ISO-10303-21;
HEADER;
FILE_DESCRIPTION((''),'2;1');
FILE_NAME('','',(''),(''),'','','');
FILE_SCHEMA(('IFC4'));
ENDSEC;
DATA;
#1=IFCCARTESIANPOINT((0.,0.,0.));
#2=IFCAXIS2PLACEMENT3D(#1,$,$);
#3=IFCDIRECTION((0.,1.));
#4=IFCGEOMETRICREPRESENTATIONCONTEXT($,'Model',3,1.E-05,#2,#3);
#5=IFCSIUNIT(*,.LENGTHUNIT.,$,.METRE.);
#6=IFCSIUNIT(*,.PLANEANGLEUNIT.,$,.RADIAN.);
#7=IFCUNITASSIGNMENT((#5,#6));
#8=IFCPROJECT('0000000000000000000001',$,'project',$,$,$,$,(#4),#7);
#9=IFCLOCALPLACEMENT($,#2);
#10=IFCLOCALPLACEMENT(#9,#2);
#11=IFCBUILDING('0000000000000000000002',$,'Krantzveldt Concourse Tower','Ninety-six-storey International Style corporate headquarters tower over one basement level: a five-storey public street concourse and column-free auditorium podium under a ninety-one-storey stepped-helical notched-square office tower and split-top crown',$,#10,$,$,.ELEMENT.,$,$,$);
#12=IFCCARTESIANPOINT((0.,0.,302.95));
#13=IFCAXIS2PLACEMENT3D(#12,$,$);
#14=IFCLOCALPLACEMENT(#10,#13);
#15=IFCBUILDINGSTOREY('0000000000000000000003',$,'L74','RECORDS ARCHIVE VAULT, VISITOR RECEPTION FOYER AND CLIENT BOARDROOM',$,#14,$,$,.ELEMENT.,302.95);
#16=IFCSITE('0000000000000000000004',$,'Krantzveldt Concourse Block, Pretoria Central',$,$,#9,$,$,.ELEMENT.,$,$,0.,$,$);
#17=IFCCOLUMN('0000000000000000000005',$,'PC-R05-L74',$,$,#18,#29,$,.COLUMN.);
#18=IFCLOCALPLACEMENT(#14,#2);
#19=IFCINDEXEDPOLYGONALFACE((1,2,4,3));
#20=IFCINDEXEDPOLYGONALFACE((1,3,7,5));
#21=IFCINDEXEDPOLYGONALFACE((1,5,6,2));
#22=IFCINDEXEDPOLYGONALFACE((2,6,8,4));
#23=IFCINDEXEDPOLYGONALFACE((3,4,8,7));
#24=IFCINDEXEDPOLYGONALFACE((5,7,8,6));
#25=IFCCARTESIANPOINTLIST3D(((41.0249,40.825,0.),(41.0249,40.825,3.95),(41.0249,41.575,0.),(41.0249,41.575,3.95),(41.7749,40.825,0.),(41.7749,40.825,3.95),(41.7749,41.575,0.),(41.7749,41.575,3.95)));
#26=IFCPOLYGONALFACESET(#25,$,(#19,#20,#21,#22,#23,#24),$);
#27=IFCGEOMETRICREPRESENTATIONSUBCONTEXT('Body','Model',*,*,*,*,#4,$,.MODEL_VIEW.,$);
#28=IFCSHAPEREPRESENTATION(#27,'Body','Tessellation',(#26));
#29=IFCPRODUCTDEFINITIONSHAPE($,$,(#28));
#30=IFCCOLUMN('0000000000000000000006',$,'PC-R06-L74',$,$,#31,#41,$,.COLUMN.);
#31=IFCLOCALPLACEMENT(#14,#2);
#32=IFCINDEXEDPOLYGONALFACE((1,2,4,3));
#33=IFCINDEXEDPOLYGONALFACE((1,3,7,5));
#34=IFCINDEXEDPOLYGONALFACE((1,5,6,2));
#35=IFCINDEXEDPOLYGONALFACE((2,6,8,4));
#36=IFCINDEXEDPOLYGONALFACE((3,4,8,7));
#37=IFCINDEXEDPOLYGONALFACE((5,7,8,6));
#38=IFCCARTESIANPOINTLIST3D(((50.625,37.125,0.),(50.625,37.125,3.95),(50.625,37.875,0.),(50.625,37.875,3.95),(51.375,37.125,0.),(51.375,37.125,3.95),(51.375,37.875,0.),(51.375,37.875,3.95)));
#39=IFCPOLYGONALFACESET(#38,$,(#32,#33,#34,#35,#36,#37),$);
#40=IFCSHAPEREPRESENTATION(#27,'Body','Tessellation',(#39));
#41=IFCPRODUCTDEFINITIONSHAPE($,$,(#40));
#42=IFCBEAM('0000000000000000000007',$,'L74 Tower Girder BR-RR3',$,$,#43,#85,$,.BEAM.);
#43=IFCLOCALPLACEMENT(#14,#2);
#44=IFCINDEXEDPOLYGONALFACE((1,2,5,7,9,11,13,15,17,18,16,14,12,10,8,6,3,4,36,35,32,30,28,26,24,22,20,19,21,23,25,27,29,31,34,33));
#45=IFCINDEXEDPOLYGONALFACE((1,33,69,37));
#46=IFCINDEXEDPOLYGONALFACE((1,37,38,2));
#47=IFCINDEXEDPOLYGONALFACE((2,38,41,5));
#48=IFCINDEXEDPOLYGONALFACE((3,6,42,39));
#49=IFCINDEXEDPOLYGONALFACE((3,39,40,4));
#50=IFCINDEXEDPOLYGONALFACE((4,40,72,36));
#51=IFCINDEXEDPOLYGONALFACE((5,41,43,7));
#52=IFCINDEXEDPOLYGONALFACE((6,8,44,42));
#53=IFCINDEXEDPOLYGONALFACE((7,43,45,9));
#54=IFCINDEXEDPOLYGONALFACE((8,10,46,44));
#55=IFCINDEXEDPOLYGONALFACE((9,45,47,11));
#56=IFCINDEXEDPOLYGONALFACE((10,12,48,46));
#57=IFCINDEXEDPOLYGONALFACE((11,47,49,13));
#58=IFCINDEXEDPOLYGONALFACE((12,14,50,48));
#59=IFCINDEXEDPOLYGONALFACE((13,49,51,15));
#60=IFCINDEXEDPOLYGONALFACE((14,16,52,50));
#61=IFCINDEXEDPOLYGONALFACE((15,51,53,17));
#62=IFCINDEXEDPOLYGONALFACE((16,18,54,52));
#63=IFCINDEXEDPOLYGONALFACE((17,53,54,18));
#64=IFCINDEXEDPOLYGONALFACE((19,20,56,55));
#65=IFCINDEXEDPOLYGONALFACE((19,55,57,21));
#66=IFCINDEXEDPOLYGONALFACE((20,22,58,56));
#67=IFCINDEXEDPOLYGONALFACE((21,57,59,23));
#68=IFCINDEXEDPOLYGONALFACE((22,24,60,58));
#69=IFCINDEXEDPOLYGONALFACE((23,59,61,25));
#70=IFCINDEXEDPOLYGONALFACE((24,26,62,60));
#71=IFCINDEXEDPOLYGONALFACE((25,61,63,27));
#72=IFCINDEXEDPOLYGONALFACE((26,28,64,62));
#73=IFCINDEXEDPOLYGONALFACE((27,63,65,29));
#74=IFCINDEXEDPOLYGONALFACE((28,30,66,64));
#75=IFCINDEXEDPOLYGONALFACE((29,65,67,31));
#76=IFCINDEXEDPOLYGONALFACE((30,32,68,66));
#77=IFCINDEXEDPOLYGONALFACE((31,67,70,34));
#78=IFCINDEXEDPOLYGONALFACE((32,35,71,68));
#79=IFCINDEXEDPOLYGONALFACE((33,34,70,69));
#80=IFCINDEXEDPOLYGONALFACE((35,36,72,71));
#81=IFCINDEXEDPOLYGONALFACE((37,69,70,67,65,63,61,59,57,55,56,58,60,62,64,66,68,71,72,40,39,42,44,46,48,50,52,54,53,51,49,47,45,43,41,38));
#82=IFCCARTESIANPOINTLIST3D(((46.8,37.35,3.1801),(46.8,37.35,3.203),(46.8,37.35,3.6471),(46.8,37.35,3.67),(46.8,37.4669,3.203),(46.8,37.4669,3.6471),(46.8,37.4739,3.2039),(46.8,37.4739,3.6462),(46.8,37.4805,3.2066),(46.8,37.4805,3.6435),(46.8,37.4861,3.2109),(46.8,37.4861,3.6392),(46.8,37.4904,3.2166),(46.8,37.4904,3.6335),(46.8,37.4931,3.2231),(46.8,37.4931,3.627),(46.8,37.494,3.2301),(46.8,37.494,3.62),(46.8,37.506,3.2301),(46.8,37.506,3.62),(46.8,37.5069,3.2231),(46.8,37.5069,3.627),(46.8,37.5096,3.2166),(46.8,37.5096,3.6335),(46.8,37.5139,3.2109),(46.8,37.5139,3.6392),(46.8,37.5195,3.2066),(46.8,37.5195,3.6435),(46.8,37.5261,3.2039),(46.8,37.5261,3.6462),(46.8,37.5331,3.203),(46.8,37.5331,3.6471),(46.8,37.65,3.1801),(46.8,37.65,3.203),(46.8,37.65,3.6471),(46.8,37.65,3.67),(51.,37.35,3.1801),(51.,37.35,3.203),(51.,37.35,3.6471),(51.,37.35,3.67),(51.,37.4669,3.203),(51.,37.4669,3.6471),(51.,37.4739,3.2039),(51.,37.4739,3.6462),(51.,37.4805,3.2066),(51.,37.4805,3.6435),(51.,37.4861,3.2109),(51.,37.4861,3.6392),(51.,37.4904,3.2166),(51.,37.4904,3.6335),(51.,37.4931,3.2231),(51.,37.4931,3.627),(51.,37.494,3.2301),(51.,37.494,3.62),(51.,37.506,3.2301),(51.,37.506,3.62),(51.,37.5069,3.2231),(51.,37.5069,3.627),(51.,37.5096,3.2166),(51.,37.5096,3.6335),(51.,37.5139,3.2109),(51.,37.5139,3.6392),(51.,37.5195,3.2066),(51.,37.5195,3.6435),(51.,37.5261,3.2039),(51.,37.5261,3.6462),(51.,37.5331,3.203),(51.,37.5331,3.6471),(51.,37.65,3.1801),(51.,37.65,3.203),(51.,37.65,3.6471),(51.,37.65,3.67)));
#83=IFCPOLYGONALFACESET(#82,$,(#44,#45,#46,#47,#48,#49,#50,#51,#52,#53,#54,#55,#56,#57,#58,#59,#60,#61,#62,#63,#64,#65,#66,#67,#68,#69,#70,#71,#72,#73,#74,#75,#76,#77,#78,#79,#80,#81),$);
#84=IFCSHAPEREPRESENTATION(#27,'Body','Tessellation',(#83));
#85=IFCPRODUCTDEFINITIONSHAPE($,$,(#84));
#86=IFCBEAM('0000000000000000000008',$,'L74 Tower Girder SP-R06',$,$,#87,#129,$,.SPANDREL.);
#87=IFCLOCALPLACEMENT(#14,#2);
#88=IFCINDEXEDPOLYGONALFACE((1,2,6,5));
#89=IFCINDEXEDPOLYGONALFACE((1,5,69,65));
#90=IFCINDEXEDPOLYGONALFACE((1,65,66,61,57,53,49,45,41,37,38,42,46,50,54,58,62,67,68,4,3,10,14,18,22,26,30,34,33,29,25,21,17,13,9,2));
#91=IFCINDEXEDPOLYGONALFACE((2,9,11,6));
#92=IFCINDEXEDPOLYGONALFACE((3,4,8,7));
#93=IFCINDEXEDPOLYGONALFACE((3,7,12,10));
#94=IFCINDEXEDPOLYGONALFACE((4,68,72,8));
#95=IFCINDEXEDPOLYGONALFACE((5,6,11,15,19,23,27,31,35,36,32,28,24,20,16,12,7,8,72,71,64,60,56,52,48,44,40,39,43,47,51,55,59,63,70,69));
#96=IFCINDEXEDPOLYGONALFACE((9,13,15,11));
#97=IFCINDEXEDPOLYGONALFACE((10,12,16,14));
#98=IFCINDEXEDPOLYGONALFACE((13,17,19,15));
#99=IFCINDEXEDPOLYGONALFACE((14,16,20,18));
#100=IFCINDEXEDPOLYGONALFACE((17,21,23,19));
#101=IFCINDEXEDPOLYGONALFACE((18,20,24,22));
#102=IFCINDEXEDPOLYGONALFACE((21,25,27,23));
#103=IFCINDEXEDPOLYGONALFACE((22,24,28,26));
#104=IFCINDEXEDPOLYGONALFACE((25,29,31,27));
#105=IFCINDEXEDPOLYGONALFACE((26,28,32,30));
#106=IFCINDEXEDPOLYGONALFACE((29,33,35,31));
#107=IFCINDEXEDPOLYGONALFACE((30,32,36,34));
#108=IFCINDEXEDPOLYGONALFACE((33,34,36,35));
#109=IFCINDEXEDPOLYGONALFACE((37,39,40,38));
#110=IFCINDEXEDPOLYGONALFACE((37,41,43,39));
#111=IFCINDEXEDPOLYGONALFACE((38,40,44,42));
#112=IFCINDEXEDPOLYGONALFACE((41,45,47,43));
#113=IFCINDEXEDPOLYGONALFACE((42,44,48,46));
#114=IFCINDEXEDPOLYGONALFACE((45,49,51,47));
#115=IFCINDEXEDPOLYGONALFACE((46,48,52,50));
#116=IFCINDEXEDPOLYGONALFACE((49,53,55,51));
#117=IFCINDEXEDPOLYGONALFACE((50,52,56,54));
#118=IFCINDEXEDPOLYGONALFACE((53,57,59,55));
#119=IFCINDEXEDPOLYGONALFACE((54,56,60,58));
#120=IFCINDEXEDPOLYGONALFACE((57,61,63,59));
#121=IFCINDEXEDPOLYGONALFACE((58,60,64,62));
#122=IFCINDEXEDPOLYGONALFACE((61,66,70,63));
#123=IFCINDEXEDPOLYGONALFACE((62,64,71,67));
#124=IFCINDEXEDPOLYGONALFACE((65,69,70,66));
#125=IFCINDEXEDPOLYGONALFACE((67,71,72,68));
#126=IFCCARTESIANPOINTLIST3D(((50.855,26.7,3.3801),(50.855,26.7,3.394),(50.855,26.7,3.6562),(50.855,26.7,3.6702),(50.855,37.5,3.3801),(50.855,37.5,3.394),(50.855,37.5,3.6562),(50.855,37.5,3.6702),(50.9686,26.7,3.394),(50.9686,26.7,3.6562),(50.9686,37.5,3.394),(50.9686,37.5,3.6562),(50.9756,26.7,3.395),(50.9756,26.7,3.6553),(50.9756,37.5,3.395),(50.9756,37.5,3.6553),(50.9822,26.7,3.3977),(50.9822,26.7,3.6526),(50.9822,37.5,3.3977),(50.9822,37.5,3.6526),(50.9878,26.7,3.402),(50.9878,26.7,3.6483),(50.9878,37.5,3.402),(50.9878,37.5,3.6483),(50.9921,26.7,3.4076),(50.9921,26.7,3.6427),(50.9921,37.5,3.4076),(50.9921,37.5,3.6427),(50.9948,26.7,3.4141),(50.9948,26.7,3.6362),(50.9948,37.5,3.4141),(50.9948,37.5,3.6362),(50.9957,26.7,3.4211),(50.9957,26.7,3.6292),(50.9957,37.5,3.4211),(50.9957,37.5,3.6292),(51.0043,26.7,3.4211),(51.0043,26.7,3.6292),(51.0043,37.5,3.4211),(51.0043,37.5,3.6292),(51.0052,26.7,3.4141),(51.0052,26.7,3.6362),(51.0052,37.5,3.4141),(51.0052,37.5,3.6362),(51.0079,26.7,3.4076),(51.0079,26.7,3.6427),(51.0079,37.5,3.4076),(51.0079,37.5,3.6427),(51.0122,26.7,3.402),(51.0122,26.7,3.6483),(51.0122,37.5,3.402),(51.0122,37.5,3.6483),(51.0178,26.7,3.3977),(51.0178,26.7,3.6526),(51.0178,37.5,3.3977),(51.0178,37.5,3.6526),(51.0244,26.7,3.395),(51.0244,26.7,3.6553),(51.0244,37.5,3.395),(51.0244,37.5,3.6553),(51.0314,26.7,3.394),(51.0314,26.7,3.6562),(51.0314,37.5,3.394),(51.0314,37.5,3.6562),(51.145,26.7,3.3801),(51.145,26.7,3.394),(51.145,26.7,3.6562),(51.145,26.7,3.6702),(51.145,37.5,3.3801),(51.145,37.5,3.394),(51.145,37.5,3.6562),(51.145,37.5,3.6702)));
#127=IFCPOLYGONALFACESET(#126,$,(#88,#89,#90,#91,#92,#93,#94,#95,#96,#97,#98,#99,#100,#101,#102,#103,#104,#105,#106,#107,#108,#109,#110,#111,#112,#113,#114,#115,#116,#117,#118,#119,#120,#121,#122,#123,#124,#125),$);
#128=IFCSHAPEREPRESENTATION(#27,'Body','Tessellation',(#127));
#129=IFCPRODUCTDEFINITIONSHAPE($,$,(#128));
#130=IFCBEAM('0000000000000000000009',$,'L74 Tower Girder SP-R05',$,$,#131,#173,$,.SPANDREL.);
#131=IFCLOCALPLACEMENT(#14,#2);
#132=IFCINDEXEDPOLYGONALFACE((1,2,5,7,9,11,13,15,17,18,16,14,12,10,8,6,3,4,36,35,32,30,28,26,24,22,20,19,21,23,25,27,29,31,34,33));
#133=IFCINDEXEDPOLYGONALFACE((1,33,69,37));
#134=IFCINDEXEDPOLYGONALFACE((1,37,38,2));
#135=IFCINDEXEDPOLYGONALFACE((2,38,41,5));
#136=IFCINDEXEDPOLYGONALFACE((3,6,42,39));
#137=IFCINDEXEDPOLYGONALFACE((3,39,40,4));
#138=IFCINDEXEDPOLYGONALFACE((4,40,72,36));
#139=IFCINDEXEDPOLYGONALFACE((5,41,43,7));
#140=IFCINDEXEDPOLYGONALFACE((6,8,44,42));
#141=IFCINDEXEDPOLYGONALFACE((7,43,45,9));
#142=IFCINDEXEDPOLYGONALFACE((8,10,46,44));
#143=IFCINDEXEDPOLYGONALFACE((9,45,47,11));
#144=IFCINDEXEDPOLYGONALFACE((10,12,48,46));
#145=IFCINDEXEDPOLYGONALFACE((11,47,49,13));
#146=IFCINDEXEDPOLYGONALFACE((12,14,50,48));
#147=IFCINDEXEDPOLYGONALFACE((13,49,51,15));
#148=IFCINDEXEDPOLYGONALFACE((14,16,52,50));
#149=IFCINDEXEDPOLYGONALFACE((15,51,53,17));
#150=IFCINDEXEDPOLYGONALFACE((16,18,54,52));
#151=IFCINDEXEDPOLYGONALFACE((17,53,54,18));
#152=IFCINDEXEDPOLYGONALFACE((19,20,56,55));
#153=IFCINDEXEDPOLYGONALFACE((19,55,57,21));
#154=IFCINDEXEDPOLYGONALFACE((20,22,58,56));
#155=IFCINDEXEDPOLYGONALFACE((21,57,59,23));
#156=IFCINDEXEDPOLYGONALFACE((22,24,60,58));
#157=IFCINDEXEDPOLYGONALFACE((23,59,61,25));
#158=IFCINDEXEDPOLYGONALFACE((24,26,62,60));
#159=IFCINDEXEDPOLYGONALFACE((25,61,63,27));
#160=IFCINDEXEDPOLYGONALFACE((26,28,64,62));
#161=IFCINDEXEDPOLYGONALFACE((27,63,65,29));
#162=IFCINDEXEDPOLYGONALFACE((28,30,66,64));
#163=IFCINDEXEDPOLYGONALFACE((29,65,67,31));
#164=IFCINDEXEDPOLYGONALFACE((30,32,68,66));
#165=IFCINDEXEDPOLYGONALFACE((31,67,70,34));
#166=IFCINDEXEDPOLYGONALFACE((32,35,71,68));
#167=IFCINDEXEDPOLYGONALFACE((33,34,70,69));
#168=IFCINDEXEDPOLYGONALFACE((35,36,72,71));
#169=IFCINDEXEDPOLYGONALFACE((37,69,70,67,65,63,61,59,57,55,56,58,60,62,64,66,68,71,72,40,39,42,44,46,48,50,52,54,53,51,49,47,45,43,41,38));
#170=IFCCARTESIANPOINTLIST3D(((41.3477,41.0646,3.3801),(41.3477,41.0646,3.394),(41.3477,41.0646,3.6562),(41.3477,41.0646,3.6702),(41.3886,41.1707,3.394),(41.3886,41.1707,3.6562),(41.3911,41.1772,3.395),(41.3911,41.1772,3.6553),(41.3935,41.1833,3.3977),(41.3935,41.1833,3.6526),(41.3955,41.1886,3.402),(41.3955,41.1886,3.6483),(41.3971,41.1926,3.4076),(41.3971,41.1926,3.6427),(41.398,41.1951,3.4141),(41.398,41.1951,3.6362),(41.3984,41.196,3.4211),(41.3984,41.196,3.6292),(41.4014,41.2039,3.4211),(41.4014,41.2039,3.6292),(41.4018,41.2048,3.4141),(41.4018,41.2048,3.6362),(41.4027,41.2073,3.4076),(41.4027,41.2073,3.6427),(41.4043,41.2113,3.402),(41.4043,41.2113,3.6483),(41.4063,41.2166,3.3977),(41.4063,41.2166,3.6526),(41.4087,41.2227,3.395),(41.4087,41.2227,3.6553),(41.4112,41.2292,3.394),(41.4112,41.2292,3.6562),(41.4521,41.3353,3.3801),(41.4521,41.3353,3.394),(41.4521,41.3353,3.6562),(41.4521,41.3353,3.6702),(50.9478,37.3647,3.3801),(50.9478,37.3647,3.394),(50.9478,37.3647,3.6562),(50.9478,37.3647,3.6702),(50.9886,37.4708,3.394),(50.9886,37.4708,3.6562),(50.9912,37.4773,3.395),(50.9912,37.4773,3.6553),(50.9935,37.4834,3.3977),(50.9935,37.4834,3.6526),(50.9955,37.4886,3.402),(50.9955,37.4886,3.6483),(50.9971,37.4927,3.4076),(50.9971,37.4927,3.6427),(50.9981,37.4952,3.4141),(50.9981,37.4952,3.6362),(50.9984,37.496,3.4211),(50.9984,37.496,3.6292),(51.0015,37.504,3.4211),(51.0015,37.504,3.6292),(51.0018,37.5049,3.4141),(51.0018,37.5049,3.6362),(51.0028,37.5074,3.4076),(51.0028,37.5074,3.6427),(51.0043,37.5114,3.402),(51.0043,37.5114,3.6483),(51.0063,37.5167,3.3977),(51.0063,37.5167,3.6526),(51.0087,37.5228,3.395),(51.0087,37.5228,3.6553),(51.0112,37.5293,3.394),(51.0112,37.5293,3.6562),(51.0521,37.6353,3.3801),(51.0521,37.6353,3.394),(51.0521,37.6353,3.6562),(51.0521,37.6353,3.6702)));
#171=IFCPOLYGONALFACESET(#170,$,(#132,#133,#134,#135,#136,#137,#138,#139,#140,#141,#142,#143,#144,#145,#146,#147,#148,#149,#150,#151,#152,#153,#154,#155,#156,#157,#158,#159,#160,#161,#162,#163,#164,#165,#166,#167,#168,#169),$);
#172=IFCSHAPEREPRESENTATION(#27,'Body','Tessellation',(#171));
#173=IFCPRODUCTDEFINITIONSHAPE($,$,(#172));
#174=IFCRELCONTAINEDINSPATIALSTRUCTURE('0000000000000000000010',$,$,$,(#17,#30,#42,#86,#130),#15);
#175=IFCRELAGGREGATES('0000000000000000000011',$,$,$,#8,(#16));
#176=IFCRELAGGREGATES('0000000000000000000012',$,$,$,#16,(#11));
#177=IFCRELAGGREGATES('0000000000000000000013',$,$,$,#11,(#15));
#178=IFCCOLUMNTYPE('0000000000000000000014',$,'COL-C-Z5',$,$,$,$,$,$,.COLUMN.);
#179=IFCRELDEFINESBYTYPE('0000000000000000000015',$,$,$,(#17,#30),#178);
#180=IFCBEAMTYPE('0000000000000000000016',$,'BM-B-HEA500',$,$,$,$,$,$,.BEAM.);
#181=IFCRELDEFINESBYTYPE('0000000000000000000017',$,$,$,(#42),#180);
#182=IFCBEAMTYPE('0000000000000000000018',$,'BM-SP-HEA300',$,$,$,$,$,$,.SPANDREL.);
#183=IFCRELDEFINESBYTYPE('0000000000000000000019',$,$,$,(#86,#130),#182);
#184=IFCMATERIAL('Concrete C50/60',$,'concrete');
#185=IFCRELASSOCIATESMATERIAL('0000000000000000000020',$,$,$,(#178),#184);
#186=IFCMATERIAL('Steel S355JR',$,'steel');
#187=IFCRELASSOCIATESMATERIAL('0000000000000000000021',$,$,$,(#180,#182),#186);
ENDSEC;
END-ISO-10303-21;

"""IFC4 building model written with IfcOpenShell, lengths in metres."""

from ifc_helpers import new_model, si_unit, direction, frame, origin, origin_2d, place, context, subcontext, project, spatial, rectangle, i_section, extrude, source, transform, mapped, material, material_profile, profile_set, type_object, type_shapes, element, save


model = new_model("IFC4")

# Units and contexts
model_context = context("Model", 3, precision=1e-05, world=origin(), true_north=direction((0.0, 1.0)))
body_context = subcontext(model_context, "Body", "Model", "MODEL_VIEW")
ifc_project = project(units=[si_unit("LENGTHUNIT", "METRE"), si_unit("PLANEANGLEUNIT", "RADIAN")], contexts=[model_context])

# Site, building, storey
site_placement = place(None, origin())
site = spatial("IfcSite", under=ifc_project, at=site_placement, Name="Krantzveldt Concourse Block, Pretoria Central", CompositionType="ELEMENT", RefElevation=0.0)
building_placement = place(site_placement, origin())
building = spatial("IfcBuilding", under=site, at=building_placement, Name="Krantzveldt Concourse Tower", Description="Ninety-six-storey International Style corporate headquarters tower over one basement level: a five-storey public street concourse and column-free auditorium podium under a ninety-one-storey stepped-helical notched-square office tower and split-top crown", CompositionType="ELEMENT")
storey_placement = place(building_placement, frame((0.0, 0.0, 302.95)))
storey = spatial("IfcBuildingStorey", under=building, at=storey_placement, Name="L74", Description="RECORDS ARCHIVE VAULT, VISITOR RECEPTION FOYER AND CLIENT BOARDROOM", CompositionType="ELEMENT", Elevation=302.95)

# Columns
ifc_material_1 = material(Name="Concrete C50/60", Category="concrete")
ifc_material_profile_1 = material_profile(ifc_material_1, rectangle(XDim=0.75, YDim=0.75, at=origin_2d()), Name="Concrete C50/60", Category="concrete")
ifc_profile_set_1 = profile_set([ifc_material_profile_1], Name="Concrete C50/60 - RC 750x750")
column_type = type_object("IfcColumnType", Name="COL-C-Z5", PredefinedType="COLUMN", material=ifc_profile_set_1)
shared_shape_1 = source(origin(), body_context, "Body", "SweptSolid", [
    extrude(rectangle(XDim=0.75, YDim=0.75, at=origin_2d()), origin(), (0.0, 0.0, 1.0), 3.95),
])
type_shapes(column_type, [shared_shape_1])
for number, where, z_axis, x_axis, name in (
    (1, (41.3999, 41.2, 0.0), (0.0, 0.0, 1.0), (1.0, 0.0, 0.0), "PC-R05-L74"),
    (2, (51.0, 37.5, 0.0), (0.0, 0.0, 1.0), (1.0, 0.0, 0.0), "PC-R06-L74"),
):
    element("IfcColumn", number, at=place(storey_placement, frame(where, z_axis=z_axis, x_axis=x_axis)), inside=storey, type_object=column_type, Name=name, PredefinedType="COLUMN", context=body_context, shape_type="MappedRepresentation", body=[
        mapped(shared_shape_1, transform((0.0, 0.0, 0.0), x_axis=(1.0, 0.0, 0.0), y_axis=(0.0, 1.0, 0.0), z_axis=(0.0, 0.0, 1.0), scale=1.0)),
    ])

# Beams
ifc_material_2 = material(Name="Steel S355JR", Category="steel")
ifc_material_profile_2 = material_profile(ifc_material_2, i_section(OverallWidth=0.3, OverallDepth=0.49, WebThickness=0.012, FlangeThickness=0.0229, FilletRadius=0.0271, at=origin_2d()), Name="Steel S355JR", Category="steel")
ifc_profile_set_2 = profile_set([ifc_material_profile_2], Name="Steel S355JR - HEA 500")
beam_type_1 = type_object("IfcBeamType", Name="BM-B-HEA500", PredefinedType="BEAM", material=ifc_profile_set_2)
shared_shape_2 = source(origin(), body_context, "Body", "SweptSolid", [
    extrude(i_section(OverallWidth=0.3, OverallDepth=0.49, WebThickness=0.012, FlangeThickness=0.0229, FilletRadius=0.0271, at=origin_2d()), origin(), (0.0, 0.0, 1.0), 4.2),
])
type_shapes(beam_type_1, [shared_shape_2])
beam_1_placement = place(storey_placement, frame((46.8, 37.5, 3.425), z_axis=(1.0, 0.0, 0.0), x_axis=(0.0, 1.0, 0.0)))
element("IfcBeam", 3, at=beam_1_placement, inside=storey, type_object=beam_type_1, Name="L74 Tower Girder BR-RR3", PredefinedType="BEAM", context=body_context, shape_type="MappedRepresentation", body=[
    mapped(shared_shape_2, transform((0.0, 0.0, 0.0), x_axis=(1.0, 0.0, 0.0), y_axis=(0.0, 1.0, 0.0), z_axis=(0.0, 0.0, 1.0), scale=1.0)),
])
ifc_material_profile_3 = material_profile(ifc_material_2, i_section(OverallWidth=0.29, OverallDepth=0.29, WebThickness=0.0085, FlangeThickness=0.0139, FilletRadius=0.0271, at=origin_2d()), Name="Steel S355JR", Category="steel")
ifc_profile_set_3 = profile_set([ifc_material_profile_3], Name="Steel S355JR - HEA 300")
beam_type_2 = type_object("IfcBeamType", Name="BM-SP-HEA300", PredefinedType="SPANDREL", material=ifc_profile_set_3)
shared_shape_3 = source(origin(), body_context, "Body", "SweptSolid", [
    extrude(i_section(OverallWidth=0.29, OverallDepth=0.29, WebThickness=0.0085, FlangeThickness=0.0139, FilletRadius=0.0271, at=origin_2d()), origin(), (0.0, 0.0, 1.0), 10.8),
])
beam_2_placement = place(storey_placement, frame((51.0, 37.5, 3.5251), z_axis=(0.0, -1.0, 0.0), x_axis=(1.0, 0.0, 0.0)))
element("IfcBeam", 4, at=beam_2_placement, inside=storey, type_object=beam_type_2, Name="L74 Tower Girder SP-R06", PredefinedType="SPANDREL", context=body_context, shape_type="MappedRepresentation", body=[
    mapped(shared_shape_3, transform((0.0, 0.0, 0.0), x_axis=(1.0, 0.0, 0.0), y_axis=(0.0, 1.0, 0.0), z_axis=(0.0, 0.0, 1.0), scale=1.0)),
])
shared_shape_4 = source(origin(), body_context, "Body", "SweptSolid", [
    extrude(i_section(OverallWidth=0.29, OverallDepth=0.29, WebThickness=0.0085, FlangeThickness=0.0139, FilletRadius=0.0271, at=origin_2d()), origin(), (0.0, 0.0, 1.0), 10.2883),
])
type_shapes(beam_type_2, [shared_shape_3, shared_shape_4])
beam_3_placement = place(storey_placement, frame((41.3999, 41.2, 3.5251), z_axis=(0.933098, -0.359623, 0.0), x_axis=(0.359623, 0.933098, 0.0)))
element("IfcBeam", 5, at=beam_3_placement, inside=storey, type_object=beam_type_2, Name="L74 Tower Girder SP-R05", PredefinedType="SPANDREL", context=body_context, shape_type="MappedRepresentation", body=[
    mapped(shared_shape_4, transform((0.0, 0.0, 0.0), x_axis=(1.0, 0.0, 0.0), y_axis=(0.0, 1.0, 0.0), z_axis=(0.0, 0.0, 1.0), scale=1.0)),
])

save(model, "model.ifc")
